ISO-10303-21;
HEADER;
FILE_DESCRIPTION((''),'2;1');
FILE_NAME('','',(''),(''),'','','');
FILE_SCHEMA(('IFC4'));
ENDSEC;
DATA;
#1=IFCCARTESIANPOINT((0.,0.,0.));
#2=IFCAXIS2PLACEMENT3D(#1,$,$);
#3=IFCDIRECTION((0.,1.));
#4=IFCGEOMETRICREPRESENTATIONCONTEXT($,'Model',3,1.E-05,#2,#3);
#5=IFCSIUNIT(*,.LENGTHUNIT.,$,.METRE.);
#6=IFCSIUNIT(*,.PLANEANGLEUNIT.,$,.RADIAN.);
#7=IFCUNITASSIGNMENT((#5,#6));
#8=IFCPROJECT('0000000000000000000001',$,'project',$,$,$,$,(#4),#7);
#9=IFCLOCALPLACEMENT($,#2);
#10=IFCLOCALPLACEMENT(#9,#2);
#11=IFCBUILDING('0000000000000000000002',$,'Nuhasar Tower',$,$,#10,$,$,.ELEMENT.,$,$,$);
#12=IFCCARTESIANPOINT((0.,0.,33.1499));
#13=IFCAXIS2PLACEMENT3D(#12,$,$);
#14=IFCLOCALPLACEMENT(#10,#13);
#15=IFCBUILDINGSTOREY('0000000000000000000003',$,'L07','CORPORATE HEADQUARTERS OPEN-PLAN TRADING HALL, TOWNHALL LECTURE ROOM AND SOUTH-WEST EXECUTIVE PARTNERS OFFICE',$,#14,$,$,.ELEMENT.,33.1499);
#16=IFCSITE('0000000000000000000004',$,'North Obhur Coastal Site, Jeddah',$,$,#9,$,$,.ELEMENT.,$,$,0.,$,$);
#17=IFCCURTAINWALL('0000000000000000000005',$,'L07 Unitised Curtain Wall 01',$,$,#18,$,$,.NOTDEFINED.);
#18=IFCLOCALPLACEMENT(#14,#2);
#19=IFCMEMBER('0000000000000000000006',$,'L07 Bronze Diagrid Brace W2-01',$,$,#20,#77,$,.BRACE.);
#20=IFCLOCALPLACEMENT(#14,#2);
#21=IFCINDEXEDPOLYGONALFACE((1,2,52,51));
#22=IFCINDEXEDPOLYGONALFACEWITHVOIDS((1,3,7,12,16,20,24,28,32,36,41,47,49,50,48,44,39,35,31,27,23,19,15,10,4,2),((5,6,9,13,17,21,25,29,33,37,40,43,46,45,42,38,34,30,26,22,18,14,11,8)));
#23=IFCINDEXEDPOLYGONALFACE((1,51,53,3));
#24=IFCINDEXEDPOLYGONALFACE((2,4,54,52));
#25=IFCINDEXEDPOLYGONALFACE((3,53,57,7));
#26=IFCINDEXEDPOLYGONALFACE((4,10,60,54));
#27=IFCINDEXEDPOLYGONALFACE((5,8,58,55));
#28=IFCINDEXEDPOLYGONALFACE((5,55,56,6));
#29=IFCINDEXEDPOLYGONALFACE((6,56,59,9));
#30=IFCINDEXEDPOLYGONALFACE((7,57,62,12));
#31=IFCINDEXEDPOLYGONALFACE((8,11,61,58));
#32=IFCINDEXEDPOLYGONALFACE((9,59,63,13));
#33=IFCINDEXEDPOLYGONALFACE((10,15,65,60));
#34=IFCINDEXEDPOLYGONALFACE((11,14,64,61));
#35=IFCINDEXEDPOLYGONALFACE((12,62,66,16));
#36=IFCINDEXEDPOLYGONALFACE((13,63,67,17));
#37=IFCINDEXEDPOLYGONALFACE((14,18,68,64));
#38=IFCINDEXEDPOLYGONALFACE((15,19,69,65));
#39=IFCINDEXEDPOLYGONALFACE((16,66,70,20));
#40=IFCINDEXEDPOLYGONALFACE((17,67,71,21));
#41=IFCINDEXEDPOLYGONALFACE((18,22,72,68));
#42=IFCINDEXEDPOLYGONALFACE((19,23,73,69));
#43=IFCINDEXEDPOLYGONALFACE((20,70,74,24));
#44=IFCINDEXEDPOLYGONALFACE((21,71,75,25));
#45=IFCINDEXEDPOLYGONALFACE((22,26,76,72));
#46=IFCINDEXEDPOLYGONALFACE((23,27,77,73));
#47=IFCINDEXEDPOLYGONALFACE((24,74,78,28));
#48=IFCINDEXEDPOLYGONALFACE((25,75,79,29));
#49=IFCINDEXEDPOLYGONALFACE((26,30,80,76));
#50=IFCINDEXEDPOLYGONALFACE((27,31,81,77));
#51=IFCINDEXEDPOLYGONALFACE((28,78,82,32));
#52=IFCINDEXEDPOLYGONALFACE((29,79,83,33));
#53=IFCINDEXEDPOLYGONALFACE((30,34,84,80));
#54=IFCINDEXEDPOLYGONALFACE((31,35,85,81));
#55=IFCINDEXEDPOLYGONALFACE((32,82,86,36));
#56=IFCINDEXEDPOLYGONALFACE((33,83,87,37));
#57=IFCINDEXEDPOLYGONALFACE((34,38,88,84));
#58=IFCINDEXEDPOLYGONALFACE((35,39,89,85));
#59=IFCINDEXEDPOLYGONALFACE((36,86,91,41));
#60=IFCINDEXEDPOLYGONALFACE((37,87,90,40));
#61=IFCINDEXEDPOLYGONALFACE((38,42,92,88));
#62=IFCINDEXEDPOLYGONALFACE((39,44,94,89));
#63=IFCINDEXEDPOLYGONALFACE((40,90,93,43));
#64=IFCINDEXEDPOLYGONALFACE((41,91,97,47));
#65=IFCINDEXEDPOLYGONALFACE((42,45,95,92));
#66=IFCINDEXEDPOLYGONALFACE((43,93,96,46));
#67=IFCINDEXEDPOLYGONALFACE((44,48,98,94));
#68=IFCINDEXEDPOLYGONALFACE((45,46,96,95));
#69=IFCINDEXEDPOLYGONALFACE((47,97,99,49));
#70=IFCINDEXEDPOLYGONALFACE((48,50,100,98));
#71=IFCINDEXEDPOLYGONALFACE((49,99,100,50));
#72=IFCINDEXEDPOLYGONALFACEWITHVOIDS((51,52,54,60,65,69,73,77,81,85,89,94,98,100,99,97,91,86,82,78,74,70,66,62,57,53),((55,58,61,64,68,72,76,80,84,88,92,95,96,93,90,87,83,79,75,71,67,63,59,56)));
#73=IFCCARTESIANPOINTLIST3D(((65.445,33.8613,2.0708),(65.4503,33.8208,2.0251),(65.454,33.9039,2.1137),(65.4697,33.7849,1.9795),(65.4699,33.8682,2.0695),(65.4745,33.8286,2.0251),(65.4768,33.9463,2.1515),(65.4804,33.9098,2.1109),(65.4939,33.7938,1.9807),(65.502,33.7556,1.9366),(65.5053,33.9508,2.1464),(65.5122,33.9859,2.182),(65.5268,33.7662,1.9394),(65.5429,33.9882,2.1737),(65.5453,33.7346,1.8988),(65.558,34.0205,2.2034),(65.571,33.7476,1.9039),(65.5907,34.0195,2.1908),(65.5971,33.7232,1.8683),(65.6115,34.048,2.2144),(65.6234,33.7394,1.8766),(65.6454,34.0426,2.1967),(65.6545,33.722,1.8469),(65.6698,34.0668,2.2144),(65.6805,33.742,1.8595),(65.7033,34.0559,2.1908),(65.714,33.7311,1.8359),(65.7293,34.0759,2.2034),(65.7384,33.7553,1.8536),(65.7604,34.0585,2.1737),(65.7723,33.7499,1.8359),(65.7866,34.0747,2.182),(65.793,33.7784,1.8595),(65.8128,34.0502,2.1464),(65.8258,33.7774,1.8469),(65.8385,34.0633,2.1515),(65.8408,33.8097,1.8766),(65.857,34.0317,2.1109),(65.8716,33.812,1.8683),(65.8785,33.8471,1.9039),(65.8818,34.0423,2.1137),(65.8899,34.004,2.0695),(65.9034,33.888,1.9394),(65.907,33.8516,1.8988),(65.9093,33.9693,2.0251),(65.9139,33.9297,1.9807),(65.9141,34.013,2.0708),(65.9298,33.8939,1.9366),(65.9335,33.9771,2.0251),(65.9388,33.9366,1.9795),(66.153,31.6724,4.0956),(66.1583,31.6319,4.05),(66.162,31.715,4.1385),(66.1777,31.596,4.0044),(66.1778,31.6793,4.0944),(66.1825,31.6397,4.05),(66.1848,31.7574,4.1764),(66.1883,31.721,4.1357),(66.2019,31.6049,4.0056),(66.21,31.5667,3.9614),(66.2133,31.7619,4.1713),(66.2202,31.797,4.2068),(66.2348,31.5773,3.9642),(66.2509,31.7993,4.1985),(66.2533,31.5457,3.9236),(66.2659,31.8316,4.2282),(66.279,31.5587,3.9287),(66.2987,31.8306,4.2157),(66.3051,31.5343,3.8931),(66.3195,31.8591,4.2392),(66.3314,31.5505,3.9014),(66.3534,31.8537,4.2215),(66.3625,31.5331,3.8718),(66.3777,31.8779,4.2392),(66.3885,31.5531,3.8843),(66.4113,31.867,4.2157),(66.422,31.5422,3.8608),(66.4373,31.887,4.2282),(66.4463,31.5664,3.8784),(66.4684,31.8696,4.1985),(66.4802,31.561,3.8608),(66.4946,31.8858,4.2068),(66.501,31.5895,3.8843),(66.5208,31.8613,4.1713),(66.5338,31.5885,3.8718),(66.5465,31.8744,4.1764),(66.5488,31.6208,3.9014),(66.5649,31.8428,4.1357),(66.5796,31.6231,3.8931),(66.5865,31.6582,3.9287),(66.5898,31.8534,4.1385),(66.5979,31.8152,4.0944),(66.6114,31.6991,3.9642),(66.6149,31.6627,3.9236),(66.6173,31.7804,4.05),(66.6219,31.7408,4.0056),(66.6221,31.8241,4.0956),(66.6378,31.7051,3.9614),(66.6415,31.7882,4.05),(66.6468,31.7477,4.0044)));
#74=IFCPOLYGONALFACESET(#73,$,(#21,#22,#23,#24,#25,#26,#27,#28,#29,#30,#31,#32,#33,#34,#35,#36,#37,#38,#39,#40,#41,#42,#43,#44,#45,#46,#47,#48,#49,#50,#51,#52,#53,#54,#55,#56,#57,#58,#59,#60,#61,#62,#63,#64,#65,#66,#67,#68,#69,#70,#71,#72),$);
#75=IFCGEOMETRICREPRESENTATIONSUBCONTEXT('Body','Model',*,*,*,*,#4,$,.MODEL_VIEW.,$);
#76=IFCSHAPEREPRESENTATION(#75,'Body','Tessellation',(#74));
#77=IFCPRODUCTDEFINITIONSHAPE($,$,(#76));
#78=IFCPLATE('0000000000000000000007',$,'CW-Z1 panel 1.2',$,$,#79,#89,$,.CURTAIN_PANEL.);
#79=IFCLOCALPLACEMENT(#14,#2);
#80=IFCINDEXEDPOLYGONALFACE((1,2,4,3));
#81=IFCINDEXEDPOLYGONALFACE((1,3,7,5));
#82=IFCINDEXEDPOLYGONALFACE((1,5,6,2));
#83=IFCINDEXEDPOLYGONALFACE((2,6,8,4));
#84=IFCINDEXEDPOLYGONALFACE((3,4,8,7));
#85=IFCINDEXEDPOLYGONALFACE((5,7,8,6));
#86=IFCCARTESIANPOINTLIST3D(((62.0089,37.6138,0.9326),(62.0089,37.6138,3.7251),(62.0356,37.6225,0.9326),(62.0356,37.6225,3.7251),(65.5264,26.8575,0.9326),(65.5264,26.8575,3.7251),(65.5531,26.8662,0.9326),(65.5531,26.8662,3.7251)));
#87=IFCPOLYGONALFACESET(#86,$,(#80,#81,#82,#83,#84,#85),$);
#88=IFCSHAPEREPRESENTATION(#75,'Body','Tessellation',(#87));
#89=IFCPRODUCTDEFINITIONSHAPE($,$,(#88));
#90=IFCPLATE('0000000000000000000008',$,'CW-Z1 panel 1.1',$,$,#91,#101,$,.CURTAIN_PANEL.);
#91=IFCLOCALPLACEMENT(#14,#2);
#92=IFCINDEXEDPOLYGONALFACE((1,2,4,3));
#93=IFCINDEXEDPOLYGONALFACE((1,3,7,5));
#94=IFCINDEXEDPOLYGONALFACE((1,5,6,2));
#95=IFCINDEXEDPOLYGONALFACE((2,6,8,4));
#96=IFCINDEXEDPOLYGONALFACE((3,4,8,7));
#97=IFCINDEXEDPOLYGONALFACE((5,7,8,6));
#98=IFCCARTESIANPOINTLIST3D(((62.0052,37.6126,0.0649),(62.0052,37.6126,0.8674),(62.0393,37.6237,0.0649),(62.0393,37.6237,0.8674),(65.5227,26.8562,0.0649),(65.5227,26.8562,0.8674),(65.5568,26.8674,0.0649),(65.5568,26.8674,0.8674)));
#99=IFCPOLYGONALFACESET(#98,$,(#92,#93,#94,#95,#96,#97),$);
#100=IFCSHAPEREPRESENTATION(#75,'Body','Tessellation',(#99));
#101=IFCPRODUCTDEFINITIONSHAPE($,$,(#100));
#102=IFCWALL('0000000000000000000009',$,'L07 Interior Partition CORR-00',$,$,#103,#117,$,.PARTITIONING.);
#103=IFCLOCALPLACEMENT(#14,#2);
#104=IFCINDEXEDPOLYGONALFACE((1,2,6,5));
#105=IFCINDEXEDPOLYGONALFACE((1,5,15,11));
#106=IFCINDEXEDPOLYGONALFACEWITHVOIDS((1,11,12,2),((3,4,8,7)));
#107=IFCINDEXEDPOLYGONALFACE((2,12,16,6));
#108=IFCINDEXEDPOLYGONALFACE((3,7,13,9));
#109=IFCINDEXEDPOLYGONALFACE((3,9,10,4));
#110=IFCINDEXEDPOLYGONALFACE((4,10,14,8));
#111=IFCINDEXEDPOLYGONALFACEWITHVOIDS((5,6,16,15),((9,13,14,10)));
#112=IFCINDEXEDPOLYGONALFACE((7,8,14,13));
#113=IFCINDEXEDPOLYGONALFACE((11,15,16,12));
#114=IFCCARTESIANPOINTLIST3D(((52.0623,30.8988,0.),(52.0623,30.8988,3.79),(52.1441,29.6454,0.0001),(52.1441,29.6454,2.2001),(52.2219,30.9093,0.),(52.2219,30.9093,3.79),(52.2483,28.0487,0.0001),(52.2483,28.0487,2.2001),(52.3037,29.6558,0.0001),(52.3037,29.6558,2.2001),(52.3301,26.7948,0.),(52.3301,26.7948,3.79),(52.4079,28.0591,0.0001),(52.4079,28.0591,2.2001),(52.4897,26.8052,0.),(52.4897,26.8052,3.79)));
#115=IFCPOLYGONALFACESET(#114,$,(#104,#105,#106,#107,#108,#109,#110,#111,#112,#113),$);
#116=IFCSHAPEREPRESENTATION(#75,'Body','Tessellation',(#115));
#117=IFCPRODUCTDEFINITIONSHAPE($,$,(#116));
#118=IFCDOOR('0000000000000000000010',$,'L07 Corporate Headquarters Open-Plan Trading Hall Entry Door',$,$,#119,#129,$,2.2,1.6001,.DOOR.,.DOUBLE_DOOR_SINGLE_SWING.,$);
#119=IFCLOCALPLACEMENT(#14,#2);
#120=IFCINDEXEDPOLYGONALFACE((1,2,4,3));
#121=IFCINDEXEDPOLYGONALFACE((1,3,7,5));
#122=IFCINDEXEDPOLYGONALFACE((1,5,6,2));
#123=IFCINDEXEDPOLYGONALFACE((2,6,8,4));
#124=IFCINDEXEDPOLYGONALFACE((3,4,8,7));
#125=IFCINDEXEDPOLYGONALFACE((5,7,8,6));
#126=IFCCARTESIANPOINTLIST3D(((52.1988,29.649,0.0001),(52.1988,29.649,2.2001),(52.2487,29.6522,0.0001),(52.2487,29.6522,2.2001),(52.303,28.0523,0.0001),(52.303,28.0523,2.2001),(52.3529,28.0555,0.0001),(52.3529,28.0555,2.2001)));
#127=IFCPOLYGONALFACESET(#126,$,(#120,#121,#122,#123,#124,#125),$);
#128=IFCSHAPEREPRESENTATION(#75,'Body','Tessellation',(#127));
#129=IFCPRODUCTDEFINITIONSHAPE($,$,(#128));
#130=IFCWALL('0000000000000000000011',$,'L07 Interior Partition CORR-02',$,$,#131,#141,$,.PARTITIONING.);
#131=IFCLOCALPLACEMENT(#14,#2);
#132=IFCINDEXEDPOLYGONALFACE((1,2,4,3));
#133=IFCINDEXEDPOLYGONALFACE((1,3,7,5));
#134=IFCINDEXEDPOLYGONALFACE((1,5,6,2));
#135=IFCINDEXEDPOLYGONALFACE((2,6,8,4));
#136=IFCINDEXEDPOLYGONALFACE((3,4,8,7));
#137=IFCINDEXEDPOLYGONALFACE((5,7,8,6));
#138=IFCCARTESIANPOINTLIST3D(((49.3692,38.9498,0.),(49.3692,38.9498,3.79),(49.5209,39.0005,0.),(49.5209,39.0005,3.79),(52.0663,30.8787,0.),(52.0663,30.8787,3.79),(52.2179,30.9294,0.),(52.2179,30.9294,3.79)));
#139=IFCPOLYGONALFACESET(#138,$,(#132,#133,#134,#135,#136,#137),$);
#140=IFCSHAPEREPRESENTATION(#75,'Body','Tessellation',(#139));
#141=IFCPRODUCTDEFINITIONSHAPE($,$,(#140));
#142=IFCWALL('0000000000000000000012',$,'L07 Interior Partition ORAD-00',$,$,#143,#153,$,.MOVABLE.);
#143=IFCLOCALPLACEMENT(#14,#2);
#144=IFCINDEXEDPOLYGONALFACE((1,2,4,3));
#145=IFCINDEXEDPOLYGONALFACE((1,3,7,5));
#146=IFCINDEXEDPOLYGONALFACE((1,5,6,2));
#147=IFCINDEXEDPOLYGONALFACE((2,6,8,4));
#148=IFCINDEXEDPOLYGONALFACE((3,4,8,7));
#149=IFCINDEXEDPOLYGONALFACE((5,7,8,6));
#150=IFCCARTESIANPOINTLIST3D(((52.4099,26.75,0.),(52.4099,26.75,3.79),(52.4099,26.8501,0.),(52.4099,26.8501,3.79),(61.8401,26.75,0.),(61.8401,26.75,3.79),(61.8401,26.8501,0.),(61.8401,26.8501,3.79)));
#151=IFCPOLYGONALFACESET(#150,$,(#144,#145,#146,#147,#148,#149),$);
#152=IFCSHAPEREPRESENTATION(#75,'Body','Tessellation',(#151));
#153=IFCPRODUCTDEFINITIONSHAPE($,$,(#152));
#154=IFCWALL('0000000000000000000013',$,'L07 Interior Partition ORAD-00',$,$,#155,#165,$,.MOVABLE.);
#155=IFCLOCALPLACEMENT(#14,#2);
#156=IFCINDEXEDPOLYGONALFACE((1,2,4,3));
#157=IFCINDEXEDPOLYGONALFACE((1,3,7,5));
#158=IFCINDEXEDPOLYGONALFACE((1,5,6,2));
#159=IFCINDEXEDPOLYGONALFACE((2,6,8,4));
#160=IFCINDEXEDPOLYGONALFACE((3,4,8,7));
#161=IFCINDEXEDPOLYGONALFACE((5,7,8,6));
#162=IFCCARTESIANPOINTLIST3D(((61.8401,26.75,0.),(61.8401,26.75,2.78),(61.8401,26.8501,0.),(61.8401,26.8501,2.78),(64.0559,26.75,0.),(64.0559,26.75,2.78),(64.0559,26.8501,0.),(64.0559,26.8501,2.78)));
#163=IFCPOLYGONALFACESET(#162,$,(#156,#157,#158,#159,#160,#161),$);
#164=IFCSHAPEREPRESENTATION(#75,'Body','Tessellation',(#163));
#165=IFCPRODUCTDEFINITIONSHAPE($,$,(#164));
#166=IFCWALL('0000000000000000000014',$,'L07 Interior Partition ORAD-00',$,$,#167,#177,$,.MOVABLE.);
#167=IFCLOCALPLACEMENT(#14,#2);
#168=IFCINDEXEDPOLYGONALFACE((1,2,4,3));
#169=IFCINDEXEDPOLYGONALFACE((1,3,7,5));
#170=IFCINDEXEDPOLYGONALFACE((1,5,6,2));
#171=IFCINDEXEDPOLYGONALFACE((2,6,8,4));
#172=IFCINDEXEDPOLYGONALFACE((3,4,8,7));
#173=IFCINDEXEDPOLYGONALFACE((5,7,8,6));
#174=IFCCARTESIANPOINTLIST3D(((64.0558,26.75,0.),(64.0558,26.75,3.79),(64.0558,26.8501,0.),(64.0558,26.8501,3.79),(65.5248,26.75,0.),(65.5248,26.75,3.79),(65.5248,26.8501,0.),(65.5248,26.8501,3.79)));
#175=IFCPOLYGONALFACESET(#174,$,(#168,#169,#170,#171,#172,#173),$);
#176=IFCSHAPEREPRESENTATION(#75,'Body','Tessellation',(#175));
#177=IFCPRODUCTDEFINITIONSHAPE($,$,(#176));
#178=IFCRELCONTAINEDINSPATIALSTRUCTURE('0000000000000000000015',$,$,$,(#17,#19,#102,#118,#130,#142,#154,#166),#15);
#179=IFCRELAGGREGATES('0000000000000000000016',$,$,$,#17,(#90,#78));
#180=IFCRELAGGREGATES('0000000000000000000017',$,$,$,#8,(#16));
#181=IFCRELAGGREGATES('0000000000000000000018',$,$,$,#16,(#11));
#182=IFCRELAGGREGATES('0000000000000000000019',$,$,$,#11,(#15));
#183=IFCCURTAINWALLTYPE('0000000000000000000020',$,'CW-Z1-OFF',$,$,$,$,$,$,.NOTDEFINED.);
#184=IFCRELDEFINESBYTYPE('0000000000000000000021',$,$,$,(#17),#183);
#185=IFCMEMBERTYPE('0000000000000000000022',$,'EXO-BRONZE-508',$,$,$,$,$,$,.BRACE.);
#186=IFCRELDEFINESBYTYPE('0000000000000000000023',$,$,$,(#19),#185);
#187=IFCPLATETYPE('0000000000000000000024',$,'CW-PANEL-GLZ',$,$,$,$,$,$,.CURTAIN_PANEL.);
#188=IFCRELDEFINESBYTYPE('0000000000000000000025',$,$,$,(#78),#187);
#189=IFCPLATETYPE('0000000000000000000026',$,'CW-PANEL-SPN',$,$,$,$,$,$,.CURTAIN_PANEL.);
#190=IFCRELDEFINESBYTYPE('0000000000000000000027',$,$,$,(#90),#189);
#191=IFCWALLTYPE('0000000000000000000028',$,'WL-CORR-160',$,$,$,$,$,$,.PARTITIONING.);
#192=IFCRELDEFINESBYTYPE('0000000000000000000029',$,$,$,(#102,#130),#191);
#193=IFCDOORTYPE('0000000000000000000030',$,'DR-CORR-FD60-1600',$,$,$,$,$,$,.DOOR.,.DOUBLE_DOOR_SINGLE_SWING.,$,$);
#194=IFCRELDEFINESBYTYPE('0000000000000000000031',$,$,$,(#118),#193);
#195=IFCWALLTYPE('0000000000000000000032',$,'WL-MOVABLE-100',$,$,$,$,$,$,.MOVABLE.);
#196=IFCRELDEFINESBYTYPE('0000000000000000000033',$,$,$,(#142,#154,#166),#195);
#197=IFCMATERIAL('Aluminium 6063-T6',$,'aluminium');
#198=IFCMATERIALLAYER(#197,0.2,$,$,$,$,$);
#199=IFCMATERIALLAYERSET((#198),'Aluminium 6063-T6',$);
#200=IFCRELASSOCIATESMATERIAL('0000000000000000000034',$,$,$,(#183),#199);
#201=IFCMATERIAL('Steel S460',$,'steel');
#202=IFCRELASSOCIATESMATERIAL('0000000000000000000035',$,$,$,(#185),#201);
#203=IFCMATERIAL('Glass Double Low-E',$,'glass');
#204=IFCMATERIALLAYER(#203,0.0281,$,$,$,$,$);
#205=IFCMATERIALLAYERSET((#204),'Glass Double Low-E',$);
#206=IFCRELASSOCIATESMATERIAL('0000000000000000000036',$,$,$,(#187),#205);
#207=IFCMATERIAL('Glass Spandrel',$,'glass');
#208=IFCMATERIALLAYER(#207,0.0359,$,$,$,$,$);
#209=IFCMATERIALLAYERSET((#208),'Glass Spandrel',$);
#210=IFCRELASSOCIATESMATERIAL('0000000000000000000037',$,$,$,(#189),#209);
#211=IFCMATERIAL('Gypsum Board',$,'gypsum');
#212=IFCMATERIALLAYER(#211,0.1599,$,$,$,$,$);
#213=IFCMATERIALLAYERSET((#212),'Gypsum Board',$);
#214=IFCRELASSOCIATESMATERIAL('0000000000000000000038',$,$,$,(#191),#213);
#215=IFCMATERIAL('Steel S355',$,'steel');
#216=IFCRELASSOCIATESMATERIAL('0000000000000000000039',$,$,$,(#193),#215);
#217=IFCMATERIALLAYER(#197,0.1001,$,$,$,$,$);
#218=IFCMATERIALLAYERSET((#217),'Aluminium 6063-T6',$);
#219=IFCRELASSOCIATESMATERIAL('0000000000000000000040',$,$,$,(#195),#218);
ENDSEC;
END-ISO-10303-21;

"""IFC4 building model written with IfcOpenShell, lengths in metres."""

from ifc_helpers import new_model, si_unit, direction, frame, frame_2d, origin, origin_2d, place, context, subcontext, project, spatial, rectangle, hollow_circle, extrude, material, layer, layer_set, material_profile, profile_set, type_object, element, fill, aggregate, save


model = new_model("IFC4")

# Units and contexts
model_context = context("Model", 3, precision=1e-05, world=origin(), true_north=direction((0.0, 1.0)))
body_context = subcontext(model_context, "Body", "Model", "MODEL_VIEW")
ifc_project = project(units=[si_unit("LENGTHUNIT", "METRE"), si_unit("PLANEANGLEUNIT", "RADIAN")], contexts=[model_context])

# Site, building, storey
site_placement = place(None, origin())
site = spatial("IfcSite", under=ifc_project, at=site_placement, Name="North Obhur Coastal Site, Jeddah", CompositionType="ELEMENT", RefElevation=0.0)
building_placement = place(site_placement, origin())
building = spatial("IfcBuilding", under=site, at=building_placement, Name="Nuhasar Tower", CompositionType="ELEMENT")
storey_placement = place(building_placement, frame((0.0, 0.0, 33.1499)))
storey = spatial("IfcBuildingStorey", under=building, at=storey_placement, Name="L07", Description="CORPORATE HEADQUARTERS OPEN-PLAN TRADING HALL, TOWNHALL LECTURE ROOM AND SOUTH-WEST EXECUTIVE PARTNERS OFFICE", CompositionType="ELEMENT", Elevation=33.1499)

# Shared definitions
ifc_material_1 = material(Name="Steel S355", Category="steel")

# Curtain wall
ifc_material_2 = material(Name="Aluminium 6063-T6", Category="aluminium")
ifc_layer_1 = layer(ifc_material_2, 0.2)
ifc_layer_set_1 = layer_set([ifc_layer_1], Name="Aluminium 6063-T6")
curtain_wall_type = type_object("IfcCurtainWallType", Name="CW-Z1-OFF", PredefinedType="NOTDEFINED", material=ifc_layer_set_1)
curtain_wall_1_placement = place(storey_placement, origin())
curtain_wall_1 = element("IfcCurtainWall", 1, at=curtain_wall_1_placement, inside=storey, type_object=curtain_wall_type, Name="L07 Unitised Curtain Wall 01", PredefinedType="NOTDEFINED")

# Member
ifc_material_3 = material(Name="Steel S460", Category="steel")
ifc_material_profile_1 = material_profile(ifc_material_3, hollow_circle(Radius=0.2539, WallThickness=0.0254, at=origin_2d()), Name="HSS508X25.4")
ifc_profile_set_1 = profile_set([ifc_material_profile_1], Name="Steel S460")
member_type_1 = type_object("IfcMemberType", Name="EXO-BRONZE-508", PredefinedType="BRACE", material=ifc_profile_set_1)
member_1_placement = place(storey_placement, frame((65.6919, 33.8989, 2.0251), z_axis=(0.231012, -0.714225, 0.660694), x_axis=(0.951468, 0.307747, 0.0)))
element("IfcMember", 2, at=member_1_placement, inside=storey, type_object=member_type_1, Name="L07 Bronze Diagrid Brace W2-01", PredefinedType="BRACE", context=body_context, shape_type="SweptSolid", body=[
    extrude(hollow_circle(Radius=0.2539, WallThickness=0.0254, at=origin_2d()), origin(), (0.0, 0.0, 1.0), 3.0647),
])

# Plates
ifc_material_4 = material(Name="Glass Double Low-E", Category="glass")
ifc_layer_2 = layer(ifc_material_4, 0.0281)
ifc_layer_set_2 = layer_set([ifc_layer_2], Name="Glass Double Low-E")
plate_type_1 = type_object("IfcPlateType", Name="CW-PANEL-GLZ", PredefinedType="CURTAIN_PANEL", material=ifc_layer_set_2)
plate_1_placement = place(storey_placement, frame((63.781, 32.24, 0.9326), z_axis=(0.0, 0.0, 1.0), x_axis=(-0.310824, 0.950468, 0.0)))
plate_1 = element("IfcPlate", 3, at=plate_1_placement, type_object=plate_type_1, Name="CW-Z1 panel 1.2", PredefinedType="CURTAIN_PANEL", context=body_context, shape_type="SweptSolid", body=[
    extrude(rectangle(XDim=11.3169, YDim=0.0281, at=origin_2d()), origin(), (0.0, 0.0, 1.0), 2.7925),
])
ifc_material_5 = material(Name="Glass Spandrel", Category="glass")
ifc_layer_3 = layer(ifc_material_5, 0.0359)
ifc_layer_set_3 = layer_set([ifc_layer_3], Name="Glass Spandrel")
plate_type_2 = type_object("IfcPlateType", Name="CW-PANEL-SPN", PredefinedType="CURTAIN_PANEL", material=ifc_layer_set_3)
plate_2_placement = place(storey_placement, frame((63.781, 32.24, 0.0649), z_axis=(0.0, 0.0, 1.0), x_axis=(-0.310824, 0.950468, 0.0)))
plate_2 = element("IfcPlate", 4, at=plate_2_placement, type_object=plate_type_2, Name="CW-Z1 panel 1.1", PredefinedType="CURTAIN_PANEL", context=body_context, shape_type="SweptSolid", body=[
    extrude(rectangle(XDim=11.3169, YDim=0.0359, at=origin_2d()), origin(), (0.0, 0.0, 1.0), 0.8025),
])
aggregate(curtain_wall_1, [plate_2, plate_1])

# Wall, opening, door
ifc_material_6 = material(Name="Gypsum Board", Category="gypsum")
ifc_layer_4 = layer(ifc_material_6, 0.1599)
ifc_layer_set_4 = layer_set([ifc_layer_4], Name="Gypsum Board")
wall_type_1 = type_object("IfcWallType", Name="WL-CORR-160", PredefinedType="PARTITIONING", material=ifc_layer_set_4)
wall_1_placement = place(storey_placement, frame((52.1421, 30.9041, 0.0), z_axis=(0.0, 0.0, 1.0), x_axis=(0.06512, -0.997877, 0.0)))
wall_1 = element("IfcWall", 5, at=wall_1_placement, inside=storey, type_object=wall_type_1, Name="L07 Interior Partition CORR-00", PredefinedType="PARTITIONING", context=body_context, shape_type="SweptSolid", body=[
    extrude(rectangle(XDim=4.1128, YDim=0.1599, at=frame_2d((2.0564, 0.0))), origin(), (0.0, 0.0, 1.0), 3.79),
])
opening_placement = place(wall_1_placement, frame((1.2561, 0.0, 0.0)))
opening = element("IfcOpeningElement", 6, at=opening_placement, cuts=wall_1, PredefinedType="OPENING", context=body_context, shape_type="SweptSolid", body=[
    extrude(rectangle(XDim=1.6001, YDim=2.2, at=frame_2d((0.8, 1.1001))), frame((0.0, 0.0898, 0.0), z_axis=(0.0, -1.0, 0.0), x_axis=(1.0, 0.0, 0.0)), (0.0, 0.0, 1.0), 0.1799),
])
door_type = type_object("IfcDoorType", Name="DR-CORR-FD60-1600", OperationType="DOUBLE_DOOR_SINGLE_SWING", PredefinedType="DOOR", material=ifc_material_1)
door_placement = place(opening_placement, origin())
door = element("IfcDoor", 7, at=door_placement, inside=storey, type_object=door_type, Name="L07 Corporate Headquarters Open-Plan Trading Hall Entry Door", OperationType="DOUBLE_DOOR_SINGLE_SWING", OverallHeight=2.2, OverallWidth=1.6001, PredefinedType="DOOR", context=body_context, shape_type="SweptSolid", body=[
    extrude(rectangle(XDim=1.6001, YDim=2.2, at=frame_2d((0.8, 1.1001))), frame((0.0, 0.0249, 0.0), z_axis=(0.0, -1.0, 0.0), x_axis=(1.0, 0.0, 0.0)), (0.0, 0.0, 1.0), 0.05),
])
fill(opening, door)

# Walls
wall_2_placement = place(storey_placement, frame((52.1421, 30.9041, 0.0), z_axis=(0.0, 0.0, 1.0), x_axis=(-0.316933, 0.948448, 0.0)))
element("IfcWall", 8, at=wall_2_placement, inside=storey, type_object=wall_type_1, Name="L07 Interior Partition CORR-02", PredefinedType="PARTITIONING", context=body_context, shape_type="SweptSolid", body=[
    extrude(rectangle(XDim=8.5098, YDim=0.1599, at=frame_2d((4.2549, 0.0))), origin(), (0.0, 0.0, 1.0), 3.79),
])
ifc_layer_5 = layer(ifc_material_2, 0.1001)
ifc_layer_set_5 = layer_set([ifc_layer_5], Name="Aluminium 6063-T6")
wall_type_2 = type_object("IfcWallType", Name="WL-MOVABLE-100", PredefinedType="MOVABLE", material=ifc_layer_set_5)
wall_3_placement = place(storey_placement, frame((52.4099, 26.8, 0.0), z_axis=(0.0, 0.0, 1.0), x_axis=(1.0, 0.0, 0.0)))
element("IfcWall", 9, at=wall_3_placement, inside=storey, type_object=wall_type_2, Name="L07 Interior Partition ORAD-00", PredefinedType="MOVABLE", context=body_context, shape_type="SweptSolid", body=[
    extrude(rectangle(XDim=9.4302, YDim=0.1001, at=frame_2d((4.7151, 0.0))), origin(), (0.0, 0.0, 1.0), 3.79),
])
wall_4_placement = place(storey_placement, frame((61.8401, 26.8, 0.0), z_axis=(0.0, 0.0, 1.0), x_axis=(1.0, 0.0, 0.0)))
element("IfcWall", 10, at=wall_4_placement, inside=storey, type_object=wall_type_2, Name="L07 Interior Partition ORAD-00", PredefinedType="MOVABLE", context=body_context, shape_type="SweptSolid", body=[
    extrude(rectangle(XDim=2.2158, YDim=0.1001, at=frame_2d((1.1079, 0.0))), origin(), (0.0, 0.0, 1.0), 2.78),
])
wall_5_placement = place(storey_placement, frame((64.0559, 26.8, 0.0), z_axis=(0.0, 0.0, 1.0), x_axis=(1.0, 0.0, 0.0)))
element("IfcWall", 11, at=wall_5_placement, inside=storey, type_object=wall_type_2, Name="L07 Interior Partition ORAD-00", PredefinedType="MOVABLE", context=body_context, shape_type="SweptSolid", body=[
    extrude(rectangle(XDim=1.469, YDim=0.1001, at=frame_2d((0.7344, 0.0))), origin(), (0.0, 0.0, 1.0), 3.79),
])

save(model, "model.ifc")
